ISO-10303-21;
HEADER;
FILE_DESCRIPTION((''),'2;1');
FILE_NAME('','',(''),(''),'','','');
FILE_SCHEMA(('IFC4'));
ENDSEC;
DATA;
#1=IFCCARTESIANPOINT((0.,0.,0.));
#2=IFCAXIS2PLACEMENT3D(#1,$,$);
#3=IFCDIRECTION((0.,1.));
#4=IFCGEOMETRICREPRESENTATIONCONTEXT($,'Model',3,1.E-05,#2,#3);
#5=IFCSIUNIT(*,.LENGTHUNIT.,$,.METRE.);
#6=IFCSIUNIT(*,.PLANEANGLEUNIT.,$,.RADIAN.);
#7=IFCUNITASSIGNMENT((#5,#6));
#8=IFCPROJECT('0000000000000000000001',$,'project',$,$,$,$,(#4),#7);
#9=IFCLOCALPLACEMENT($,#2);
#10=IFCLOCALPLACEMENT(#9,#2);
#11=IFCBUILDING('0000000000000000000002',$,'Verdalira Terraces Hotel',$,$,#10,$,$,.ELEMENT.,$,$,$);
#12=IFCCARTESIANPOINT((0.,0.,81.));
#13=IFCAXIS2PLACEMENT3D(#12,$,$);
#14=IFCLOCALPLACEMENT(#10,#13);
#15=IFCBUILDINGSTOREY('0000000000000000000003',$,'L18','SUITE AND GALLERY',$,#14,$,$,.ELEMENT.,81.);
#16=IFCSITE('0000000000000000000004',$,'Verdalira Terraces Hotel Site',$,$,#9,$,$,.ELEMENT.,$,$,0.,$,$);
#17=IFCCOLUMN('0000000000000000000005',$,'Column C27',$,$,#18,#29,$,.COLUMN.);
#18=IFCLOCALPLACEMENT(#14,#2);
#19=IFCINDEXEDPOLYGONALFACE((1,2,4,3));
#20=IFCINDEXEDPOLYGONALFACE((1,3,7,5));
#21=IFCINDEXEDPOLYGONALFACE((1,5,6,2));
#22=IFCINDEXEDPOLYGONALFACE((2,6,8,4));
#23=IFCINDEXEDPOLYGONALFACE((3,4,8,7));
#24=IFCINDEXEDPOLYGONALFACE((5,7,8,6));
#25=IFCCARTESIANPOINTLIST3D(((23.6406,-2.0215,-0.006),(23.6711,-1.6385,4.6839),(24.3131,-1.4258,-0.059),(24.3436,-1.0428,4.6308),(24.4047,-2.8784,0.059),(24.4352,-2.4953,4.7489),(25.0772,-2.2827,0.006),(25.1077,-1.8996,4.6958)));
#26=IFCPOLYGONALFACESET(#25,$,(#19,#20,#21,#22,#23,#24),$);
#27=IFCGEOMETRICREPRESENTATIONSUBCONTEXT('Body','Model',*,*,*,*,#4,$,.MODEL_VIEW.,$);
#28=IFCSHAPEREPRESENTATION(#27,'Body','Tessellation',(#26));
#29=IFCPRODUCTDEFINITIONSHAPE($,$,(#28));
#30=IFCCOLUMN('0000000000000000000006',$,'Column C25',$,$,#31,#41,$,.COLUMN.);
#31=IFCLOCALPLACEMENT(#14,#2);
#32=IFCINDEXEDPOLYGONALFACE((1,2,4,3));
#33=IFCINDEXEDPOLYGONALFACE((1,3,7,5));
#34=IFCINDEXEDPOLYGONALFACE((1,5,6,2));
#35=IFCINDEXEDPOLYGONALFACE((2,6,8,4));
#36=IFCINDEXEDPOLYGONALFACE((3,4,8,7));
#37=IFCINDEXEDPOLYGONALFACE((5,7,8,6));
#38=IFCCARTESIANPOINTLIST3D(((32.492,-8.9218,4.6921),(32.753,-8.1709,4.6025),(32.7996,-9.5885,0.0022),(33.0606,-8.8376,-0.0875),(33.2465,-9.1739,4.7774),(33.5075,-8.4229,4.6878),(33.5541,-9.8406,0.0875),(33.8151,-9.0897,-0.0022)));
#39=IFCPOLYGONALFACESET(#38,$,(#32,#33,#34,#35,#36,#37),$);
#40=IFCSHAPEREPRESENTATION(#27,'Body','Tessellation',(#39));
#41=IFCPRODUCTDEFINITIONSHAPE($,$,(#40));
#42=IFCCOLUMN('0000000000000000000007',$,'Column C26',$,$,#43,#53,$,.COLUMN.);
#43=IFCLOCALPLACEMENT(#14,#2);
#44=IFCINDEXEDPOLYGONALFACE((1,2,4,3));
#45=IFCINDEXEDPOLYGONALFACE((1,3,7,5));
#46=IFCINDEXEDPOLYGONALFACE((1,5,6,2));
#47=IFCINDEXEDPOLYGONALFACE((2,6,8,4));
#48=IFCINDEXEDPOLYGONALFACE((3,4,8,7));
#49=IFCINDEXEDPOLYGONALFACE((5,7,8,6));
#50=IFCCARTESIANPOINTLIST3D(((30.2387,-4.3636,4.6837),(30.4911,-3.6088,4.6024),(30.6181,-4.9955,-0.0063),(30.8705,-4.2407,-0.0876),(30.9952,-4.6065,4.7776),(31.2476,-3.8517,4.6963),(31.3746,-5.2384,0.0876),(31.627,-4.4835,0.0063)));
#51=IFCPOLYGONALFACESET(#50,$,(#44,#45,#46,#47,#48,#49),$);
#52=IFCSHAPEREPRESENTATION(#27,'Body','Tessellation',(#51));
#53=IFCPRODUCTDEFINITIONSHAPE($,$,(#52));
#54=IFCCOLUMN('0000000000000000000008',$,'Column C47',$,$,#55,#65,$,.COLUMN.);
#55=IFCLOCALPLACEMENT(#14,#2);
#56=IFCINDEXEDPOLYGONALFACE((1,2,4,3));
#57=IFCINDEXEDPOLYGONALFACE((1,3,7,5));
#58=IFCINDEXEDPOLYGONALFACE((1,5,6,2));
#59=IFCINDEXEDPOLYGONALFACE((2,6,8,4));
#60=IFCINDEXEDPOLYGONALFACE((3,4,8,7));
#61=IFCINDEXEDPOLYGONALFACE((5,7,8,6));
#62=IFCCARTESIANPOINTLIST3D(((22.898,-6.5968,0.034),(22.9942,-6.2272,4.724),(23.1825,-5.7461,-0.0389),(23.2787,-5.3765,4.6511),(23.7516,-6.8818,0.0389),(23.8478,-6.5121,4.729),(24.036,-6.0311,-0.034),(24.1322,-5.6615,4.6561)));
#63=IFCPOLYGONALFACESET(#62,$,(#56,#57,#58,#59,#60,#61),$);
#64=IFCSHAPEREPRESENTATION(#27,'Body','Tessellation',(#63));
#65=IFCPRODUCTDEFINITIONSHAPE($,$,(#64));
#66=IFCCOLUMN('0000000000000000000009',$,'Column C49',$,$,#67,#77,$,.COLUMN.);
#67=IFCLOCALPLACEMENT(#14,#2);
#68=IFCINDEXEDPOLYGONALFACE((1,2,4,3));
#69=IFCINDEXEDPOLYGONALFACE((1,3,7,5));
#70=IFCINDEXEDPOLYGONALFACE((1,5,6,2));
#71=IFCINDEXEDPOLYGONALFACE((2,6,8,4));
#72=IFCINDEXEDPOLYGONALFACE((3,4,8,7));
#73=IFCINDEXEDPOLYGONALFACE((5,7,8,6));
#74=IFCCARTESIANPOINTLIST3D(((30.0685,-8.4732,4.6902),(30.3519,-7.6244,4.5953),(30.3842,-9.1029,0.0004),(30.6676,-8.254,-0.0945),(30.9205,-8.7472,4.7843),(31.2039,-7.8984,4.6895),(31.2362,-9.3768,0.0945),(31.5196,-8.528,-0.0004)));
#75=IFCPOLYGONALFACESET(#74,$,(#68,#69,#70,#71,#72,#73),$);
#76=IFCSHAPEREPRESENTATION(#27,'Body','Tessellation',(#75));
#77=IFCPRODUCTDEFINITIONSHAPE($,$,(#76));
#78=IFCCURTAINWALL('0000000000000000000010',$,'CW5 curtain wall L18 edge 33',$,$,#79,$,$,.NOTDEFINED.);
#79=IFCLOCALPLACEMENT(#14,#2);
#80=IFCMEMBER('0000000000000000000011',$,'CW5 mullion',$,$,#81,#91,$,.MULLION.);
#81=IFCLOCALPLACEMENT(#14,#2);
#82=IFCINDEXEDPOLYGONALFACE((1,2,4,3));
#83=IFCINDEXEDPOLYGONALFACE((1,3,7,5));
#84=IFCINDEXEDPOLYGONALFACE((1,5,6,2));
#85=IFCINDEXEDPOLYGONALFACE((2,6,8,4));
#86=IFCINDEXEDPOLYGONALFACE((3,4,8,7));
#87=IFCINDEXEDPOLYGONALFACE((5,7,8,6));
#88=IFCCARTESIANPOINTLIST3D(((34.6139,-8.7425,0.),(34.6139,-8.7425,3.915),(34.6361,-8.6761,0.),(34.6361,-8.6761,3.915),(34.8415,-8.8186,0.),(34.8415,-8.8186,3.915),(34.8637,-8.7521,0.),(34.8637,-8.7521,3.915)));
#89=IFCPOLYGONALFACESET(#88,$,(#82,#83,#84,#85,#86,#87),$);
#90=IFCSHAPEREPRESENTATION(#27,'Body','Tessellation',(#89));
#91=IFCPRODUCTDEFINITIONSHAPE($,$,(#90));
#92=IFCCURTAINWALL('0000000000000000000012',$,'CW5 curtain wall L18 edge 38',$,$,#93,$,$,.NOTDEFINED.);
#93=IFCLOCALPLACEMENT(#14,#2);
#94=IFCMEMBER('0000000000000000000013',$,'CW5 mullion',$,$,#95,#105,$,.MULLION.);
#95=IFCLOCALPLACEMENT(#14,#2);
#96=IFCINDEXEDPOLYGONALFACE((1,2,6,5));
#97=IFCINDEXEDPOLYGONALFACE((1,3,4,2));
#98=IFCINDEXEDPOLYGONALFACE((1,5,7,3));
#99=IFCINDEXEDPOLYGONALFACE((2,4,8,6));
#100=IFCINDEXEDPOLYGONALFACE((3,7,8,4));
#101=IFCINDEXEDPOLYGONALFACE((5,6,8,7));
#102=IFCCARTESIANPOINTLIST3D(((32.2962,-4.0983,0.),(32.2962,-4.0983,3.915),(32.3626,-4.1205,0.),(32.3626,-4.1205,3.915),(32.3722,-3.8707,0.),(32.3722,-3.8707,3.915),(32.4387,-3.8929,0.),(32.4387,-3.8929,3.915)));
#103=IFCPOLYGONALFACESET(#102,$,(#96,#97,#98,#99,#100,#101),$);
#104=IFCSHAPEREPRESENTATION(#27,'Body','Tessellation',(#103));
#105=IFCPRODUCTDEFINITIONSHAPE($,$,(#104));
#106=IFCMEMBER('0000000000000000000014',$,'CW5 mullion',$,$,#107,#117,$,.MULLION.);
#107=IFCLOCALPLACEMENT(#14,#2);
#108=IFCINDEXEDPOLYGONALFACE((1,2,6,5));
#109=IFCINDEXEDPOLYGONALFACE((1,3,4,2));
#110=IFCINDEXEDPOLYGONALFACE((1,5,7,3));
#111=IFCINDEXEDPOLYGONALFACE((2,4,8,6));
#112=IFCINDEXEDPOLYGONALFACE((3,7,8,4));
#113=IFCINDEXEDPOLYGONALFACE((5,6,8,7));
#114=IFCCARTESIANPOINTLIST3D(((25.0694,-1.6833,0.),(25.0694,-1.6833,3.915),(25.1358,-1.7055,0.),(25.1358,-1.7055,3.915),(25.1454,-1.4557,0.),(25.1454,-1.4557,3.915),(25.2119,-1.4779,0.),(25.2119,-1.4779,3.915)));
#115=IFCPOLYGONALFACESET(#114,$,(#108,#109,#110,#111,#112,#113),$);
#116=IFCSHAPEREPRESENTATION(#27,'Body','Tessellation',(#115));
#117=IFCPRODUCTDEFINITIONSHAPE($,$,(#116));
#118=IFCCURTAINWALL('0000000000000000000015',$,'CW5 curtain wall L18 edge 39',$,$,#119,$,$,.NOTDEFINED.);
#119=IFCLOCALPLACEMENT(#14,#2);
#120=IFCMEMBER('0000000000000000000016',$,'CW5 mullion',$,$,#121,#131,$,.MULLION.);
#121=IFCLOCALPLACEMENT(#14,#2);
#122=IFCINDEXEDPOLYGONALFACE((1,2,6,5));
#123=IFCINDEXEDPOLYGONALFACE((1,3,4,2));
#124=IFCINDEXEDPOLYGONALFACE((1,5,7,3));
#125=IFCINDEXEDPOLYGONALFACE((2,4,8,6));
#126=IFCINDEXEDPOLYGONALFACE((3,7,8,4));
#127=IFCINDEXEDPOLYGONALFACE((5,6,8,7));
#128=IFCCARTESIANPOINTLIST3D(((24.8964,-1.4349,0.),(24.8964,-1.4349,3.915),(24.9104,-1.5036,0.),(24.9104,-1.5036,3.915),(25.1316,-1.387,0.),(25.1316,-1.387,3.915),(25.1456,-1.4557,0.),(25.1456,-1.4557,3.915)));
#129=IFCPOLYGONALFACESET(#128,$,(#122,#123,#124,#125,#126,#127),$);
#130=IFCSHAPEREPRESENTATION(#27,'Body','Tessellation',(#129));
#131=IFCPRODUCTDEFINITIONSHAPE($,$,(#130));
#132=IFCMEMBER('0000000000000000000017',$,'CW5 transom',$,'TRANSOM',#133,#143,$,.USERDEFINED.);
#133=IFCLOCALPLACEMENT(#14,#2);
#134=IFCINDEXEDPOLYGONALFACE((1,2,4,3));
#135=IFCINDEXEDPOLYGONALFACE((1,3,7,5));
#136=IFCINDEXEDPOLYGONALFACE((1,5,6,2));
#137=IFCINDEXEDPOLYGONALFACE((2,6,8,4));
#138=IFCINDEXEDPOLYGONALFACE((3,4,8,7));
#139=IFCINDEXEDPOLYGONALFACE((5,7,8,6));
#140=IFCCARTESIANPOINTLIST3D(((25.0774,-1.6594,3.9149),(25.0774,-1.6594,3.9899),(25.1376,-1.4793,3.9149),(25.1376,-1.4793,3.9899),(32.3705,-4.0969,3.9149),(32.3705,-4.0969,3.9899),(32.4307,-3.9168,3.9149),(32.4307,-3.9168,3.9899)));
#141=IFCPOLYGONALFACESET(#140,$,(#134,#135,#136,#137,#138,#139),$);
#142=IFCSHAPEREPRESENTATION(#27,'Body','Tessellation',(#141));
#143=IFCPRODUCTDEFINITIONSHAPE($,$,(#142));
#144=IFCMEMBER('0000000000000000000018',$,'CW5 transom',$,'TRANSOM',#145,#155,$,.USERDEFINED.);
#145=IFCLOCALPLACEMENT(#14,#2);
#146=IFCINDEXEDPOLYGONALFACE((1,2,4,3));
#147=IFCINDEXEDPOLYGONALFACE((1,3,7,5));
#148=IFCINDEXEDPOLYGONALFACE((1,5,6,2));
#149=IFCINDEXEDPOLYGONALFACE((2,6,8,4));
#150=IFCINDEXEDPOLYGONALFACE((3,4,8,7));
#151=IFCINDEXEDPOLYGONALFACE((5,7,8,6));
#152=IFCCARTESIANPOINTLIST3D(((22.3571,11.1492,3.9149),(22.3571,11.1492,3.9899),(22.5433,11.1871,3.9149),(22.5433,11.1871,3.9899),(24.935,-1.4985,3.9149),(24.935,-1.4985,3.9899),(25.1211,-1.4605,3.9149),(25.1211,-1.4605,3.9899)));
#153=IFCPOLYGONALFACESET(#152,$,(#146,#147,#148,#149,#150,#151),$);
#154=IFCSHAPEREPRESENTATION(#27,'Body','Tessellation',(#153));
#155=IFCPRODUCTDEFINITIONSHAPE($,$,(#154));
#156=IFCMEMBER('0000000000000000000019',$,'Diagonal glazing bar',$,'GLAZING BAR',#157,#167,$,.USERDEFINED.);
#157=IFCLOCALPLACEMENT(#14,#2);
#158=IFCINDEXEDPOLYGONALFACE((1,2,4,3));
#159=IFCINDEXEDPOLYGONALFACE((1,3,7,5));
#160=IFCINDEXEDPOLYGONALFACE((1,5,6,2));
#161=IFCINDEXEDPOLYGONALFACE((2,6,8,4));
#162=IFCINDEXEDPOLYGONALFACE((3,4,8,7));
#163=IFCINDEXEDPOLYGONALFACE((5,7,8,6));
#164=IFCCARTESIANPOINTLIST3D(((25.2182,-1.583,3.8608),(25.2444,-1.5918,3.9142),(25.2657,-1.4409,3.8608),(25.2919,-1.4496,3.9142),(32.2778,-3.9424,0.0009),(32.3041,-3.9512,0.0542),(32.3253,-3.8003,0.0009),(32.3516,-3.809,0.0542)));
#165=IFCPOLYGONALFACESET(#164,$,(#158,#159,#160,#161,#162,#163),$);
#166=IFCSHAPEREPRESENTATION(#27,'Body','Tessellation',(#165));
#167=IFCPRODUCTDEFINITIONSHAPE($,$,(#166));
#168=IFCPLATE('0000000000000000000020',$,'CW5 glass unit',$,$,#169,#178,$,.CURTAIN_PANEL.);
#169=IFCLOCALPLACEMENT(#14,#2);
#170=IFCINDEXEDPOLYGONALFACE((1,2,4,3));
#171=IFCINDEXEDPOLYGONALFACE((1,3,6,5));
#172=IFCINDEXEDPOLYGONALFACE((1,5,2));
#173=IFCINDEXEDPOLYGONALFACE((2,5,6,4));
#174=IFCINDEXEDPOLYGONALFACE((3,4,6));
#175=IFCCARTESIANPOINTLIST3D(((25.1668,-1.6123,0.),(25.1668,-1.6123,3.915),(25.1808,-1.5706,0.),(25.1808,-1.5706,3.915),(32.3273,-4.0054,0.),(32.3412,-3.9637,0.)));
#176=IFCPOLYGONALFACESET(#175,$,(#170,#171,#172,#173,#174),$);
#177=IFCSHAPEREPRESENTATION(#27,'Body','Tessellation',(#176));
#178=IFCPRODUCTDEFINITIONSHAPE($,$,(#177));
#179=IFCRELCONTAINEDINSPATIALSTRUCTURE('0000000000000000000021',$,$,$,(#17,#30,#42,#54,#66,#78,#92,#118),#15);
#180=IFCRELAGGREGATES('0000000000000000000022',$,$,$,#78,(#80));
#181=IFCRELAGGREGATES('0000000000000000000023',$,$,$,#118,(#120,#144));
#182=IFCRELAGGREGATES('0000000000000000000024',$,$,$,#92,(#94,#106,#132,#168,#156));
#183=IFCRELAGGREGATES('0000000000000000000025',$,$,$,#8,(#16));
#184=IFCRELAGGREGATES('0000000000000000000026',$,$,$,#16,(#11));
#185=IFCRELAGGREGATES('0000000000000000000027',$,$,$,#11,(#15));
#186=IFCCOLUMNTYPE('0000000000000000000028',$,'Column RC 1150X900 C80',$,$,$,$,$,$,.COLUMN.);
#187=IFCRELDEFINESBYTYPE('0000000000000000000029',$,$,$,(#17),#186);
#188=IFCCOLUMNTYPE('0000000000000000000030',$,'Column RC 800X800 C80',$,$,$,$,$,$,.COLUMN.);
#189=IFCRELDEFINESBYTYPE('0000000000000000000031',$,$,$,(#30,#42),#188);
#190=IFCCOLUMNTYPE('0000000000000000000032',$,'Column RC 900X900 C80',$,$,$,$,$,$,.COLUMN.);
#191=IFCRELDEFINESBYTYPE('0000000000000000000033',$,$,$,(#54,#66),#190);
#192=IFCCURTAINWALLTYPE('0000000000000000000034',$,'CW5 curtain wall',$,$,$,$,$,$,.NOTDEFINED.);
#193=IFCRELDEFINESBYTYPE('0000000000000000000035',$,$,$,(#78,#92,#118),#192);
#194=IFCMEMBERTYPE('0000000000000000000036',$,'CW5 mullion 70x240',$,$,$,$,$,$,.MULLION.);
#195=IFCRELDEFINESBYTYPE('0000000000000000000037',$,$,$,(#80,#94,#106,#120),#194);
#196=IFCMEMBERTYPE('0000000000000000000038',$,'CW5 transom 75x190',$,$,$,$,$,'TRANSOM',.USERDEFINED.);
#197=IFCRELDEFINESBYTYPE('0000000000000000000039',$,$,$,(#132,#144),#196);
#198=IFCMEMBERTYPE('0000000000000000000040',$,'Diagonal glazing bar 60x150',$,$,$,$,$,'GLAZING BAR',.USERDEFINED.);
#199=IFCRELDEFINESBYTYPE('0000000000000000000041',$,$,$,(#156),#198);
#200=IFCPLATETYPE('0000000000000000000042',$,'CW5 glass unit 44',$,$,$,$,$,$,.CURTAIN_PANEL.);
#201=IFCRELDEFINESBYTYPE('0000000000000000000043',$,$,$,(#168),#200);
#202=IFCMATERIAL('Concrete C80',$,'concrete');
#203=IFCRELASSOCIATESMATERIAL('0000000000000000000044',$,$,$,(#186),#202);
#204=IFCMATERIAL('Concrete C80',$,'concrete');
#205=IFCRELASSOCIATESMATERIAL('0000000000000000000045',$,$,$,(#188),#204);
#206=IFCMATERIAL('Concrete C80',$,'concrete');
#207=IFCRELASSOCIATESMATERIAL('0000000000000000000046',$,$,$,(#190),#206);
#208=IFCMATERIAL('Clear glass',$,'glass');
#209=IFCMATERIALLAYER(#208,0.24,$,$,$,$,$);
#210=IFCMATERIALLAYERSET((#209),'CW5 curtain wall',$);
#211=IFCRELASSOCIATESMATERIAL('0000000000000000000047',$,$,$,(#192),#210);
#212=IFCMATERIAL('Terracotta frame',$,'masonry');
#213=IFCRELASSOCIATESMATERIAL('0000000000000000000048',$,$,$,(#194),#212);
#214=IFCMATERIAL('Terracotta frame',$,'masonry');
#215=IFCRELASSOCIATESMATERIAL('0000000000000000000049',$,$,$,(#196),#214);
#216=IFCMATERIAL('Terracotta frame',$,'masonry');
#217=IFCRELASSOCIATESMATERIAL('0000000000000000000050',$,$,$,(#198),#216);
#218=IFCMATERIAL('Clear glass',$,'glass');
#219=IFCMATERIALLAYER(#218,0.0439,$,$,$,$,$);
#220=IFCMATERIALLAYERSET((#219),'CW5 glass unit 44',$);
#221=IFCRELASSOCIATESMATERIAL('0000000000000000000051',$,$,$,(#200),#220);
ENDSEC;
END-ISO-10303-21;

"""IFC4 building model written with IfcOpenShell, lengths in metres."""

from ifc_helpers import new_model, si_unit, direction, frame, origin, origin_2d, place, context, subcontext, project, spatial, polyline, rectangle, outline, extrude, material, layer, layer_set, material_profile, profile_set, type_object, element, aggregate, save


model = new_model("IFC4")

# Units and contexts
model_context = context("Model", 3, precision=1e-05, world=origin(), true_north=direction((0.0, 1.0)))
body_context = subcontext(model_context, "Body", "Model", "MODEL_VIEW")
ifc_project = project(units=[si_unit("LENGTHUNIT", "METRE"), si_unit("PLANEANGLEUNIT", "RADIAN")], contexts=[model_context])

# Site, building, storey
site_placement = place(None, origin())
site = spatial("IfcSite", under=ifc_project, at=site_placement, Name="Verdalira Terraces Hotel Site", CompositionType="ELEMENT", RefElevation=0.0)
building_placement = place(site_placement, origin())
building = spatial("IfcBuilding", under=site, at=building_placement, Name="Verdalira Terraces Hotel", CompositionType="ELEMENT")
storey_placement = place(building_placement, frame((0.0, 0.0, 81.0)))
storey = spatial("IfcBuildingStorey", under=building, at=storey_placement, Name="L18", Description="SUITE AND GALLERY", CompositionType="ELEMENT", Elevation=81.0)

# Columns
ifc_material_1 = material(Name="Concrete C80", Category="concrete")
ifc_material_profile_1 = material_profile(ifc_material_1, rectangle(XDim=1.1499, YDim=0.8999, at=origin_2d()), Name="RC 1150X900")
ifc_profile_set_1 = profile_set([ifc_material_profile_1], Name="Concrete C80")
column_type_1 = type_object("IfcColumnType", Name="Column RC 1150X900 C80", PredefinedType="COLUMN", material=ifc_profile_set_1)
column_1_placement = place(storey_placement, frame((24.3589, -2.1521, 0.0), z_axis=(0.006485, 0.081403, 0.99666), x_axis=(0.664497, -0.745149, 0.056537)))
element("IfcColumn", 1, at=column_1_placement, inside=storey, type_object=column_type_1, Name="Column C27", PredefinedType="COLUMN", context=body_context, shape_type="SweptSolid", body=[
    extrude(rectangle(XDim=1.1499, YDim=0.8999, at=origin_2d()), origin(), (0.0, 0.0, 1.0), 4.7056),
])
ifc_material_2 = material(Name="Concrete C80", Category="concrete")
ifc_material_profile_2 = material_profile(ifc_material_2, rectangle(XDim=0.8, YDim=0.8, at=origin_2d()), Name="RC 800X800")
ifc_profile_set_2 = profile_set([ifc_material_profile_2], Name="Concrete C80")
column_type_2 = type_object("IfcColumnType", Name="Column RC 800X800 C80", PredefinedType="COLUMN", material=ifc_profile_set_2)
column_2_placement = place(storey_placement, frame((33.3074, -9.3391, 0.0), z_axis=(-0.064801, 0.140454, 0.987964), x_axis=(0.32627, 0.938613, -0.112038)))
element("IfcColumn", 2, at=column_2_placement, inside=storey, type_object=column_type_2, Name="Column C25", PredefinedType="COLUMN", context=body_context, shape_type="SweptSolid", body=[
    extrude(rectangle(XDim=0.8, YDim=0.8, at=origin_2d()), origin(), (0.0, 0.0, 1.0), 4.7471),
])
column_3_placement = place(storey_placement, frame((31.1226, -4.7395, 0.0), z_axis=(-0.079915, 0.133088, 0.987877), x_axis=(-0.945546, 0.303582, -0.117389)))
element("IfcColumn", 3, at=column_3_placement, inside=storey, type_object=column_type_2, Name="Column C26", PredefinedType="COLUMN", context=body_context, shape_type="SweptSolid", body=[
    extrude(rectangle(XDim=0.8, YDim=0.8, at=origin_2d()), origin(), (0.0, 0.0, 1.0), 4.7476),
])
ifc_material_3 = material(Name="Concrete C80", Category="concrete")
ifc_material_profile_3 = material_profile(ifc_material_3, rectangle(XDim=0.8999, YDim=0.8999, at=origin_2d()), Name="RC 900X900")
ifc_profile_set_3 = profile_set([ifc_material_profile_3], Name="Concrete C80")
column_type_3 = type_object("IfcColumnType", Name="Column RC 900X900 C80", PredefinedType="COLUMN", material=ifc_profile_set_3)
column_4_placement = place(storey_placement, frame((23.467, -6.314, 0.0), z_axis=(0.020442, 0.078553, 0.9967), x_axis=(0.948519, -0.316672, 0.005504)))
element("IfcColumn", 4, at=column_4_placement, inside=storey, type_object=column_type_3, Name="Column C47", PredefinedType="COLUMN", context=body_context, shape_type="SweptSolid", body=[
    extrude(rectangle(XDim=0.8999, YDim=0.8999, at=origin_2d()), origin(), (0.0, 0.0, 1.0), 4.7056),
])
column_5_placement = place(storey_placement, frame((30.9519, -8.8154, 0.0), z_axis=(-0.066562, 0.132764, 0.98891), x_axis=(0.946772, -0.304439, 0.104598)))
element("IfcColumn", 5, at=column_5_placement, inside=storey, type_object=column_type_3, Name="Column C49", PredefinedType="COLUMN", context=body_context, shape_type="SweptSolid", body=[
    extrude(rectangle(XDim=0.8999, YDim=0.8999, at=origin_2d()), origin(), (0.0, 0.0, 1.0), 4.7424),
])

# Curtain wall, member
ifc_material_4 = material(Name="Clear glass", Category="glass")
ifc_layer_1 = layer(ifc_material_4, 0.24)
ifc_layer_set_1 = layer_set([ifc_layer_1], Name="CW5 curtain wall")
curtain_wall_type = type_object("IfcCurtainWallType", Name="CW5 curtain wall", PredefinedType="NOTDEFINED", material=ifc_layer_set_1)
curtain_wall_1_placement = place(storey_placement, origin())
curtain_wall_1 = element("IfcCurtainWall", 6, at=curtain_wall_1_placement, inside=storey, type_object=curtain_wall_type, Name="CW5 curtain wall L18 edge 33", PredefinedType="NOTDEFINED")
ifc_material_5 = material(Name="Terracotta frame", Category="masonry")
ifc_material_profile_4 = material_profile(ifc_material_5, rectangle(XDim=0.0701, YDim=0.24, at=origin_2d()), Name="MU 70x240")
ifc_profile_set_4 = profile_set([ifc_material_profile_4], Name="Terracotta frame")
member_type_1 = type_object("IfcMemberType", Name="CW5 mullion 70x240", PredefinedType="MULLION", material=ifc_profile_set_4)
member_1_placement = place(storey_placement, frame((34.7388, -8.7473, 0.0), z_axis=(0.0, 0.0, 1.0), x_axis=(0.316974, 0.948434, 0.0)))
member_1 = element("IfcMember", 7, at=member_1_placement, type_object=member_type_1, Name="CW5 mullion", PredefinedType="MULLION", context=body_context, shape_type="SweptSolid", body=[
    extrude(rectangle(XDim=0.0701, YDim=0.24, at=origin_2d()), origin(), (0.0, 0.0, 1.0), 3.915),
])
aggregate(curtain_wall_1, [member_1])

# Curtain wall, members
curtain_wall_2_placement = place(storey_placement, origin())
curtain_wall_2 = element("IfcCurtainWall", 8, at=curtain_wall_2_placement, inside=storey, type_object=curtain_wall_type, Name="CW5 curtain wall L18 edge 38", PredefinedType="NOTDEFINED")
member_2_placement = place(storey_placement, frame((32.3674, -3.9956, 0.0), z_axis=(0.0, 0.0, 1.0), x_axis=(-0.948434, 0.316974, 0.0)))
member_2 = element("IfcMember", 9, at=member_2_placement, type_object=member_type_1, Name="CW5 mullion", PredefinedType="MULLION", context=body_context, shape_type="SweptSolid", body=[
    extrude(rectangle(XDim=0.0701, YDim=0.24, at=origin_2d()), origin(), (0.0, 0.0, 1.0), 3.915),
])
member_3_placement = place(storey_placement, frame((25.1406, -1.5806, 0.0), z_axis=(0.0, 0.0, 1.0), x_axis=(-0.948434, 0.316974, 0.0)))
member_3 = element("IfcMember", 10, at=member_3_placement, type_object=member_type_1, Name="CW5 mullion", PredefinedType="MULLION", context=body_context, shape_type="SweptSolid", body=[
    extrude(rectangle(XDim=0.0701, YDim=0.24, at=origin_2d()), origin(), (0.0, 0.0, 1.0), 3.915),
])

# Curtain wall, member
curtain_wall_3_placement = place(storey_placement, origin())
curtain_wall_3 = element("IfcCurtainWall", 11, at=curtain_wall_3_placement, inside=storey, type_object=curtain_wall_type, Name="CW5 curtain wall L18 edge 39", PredefinedType="NOTDEFINED")
member_4_placement = place(storey_placement, frame((25.021, -1.4453, 0.0), z_axis=(0.0, 0.0, 1.0), x_axis=(-0.19971, 0.979855, 0.0)))
member_4 = element("IfcMember", 12, at=member_4_placement, type_object=member_type_1, Name="CW5 mullion", PredefinedType="MULLION", context=body_context, shape_type="SweptSolid", body=[
    extrude(rectangle(XDim=0.0701, YDim=0.24, at=origin_2d()), origin(), (0.0, 0.0, 1.0), 3.915),
])

# Members
ifc_material_6 = material(Name="Terracotta frame", Category="masonry")
ifc_material_profile_5 = material_profile(ifc_material_6, rectangle(XDim=0.1899, YDim=0.075, at=origin_2d()), Name="TR 75x190")
ifc_profile_set_5 = profile_set([ifc_material_profile_5], Name="Terracotta frame")
member_type_2 = type_object("IfcMemberType", Name="CW5 transom 75x190", ElementType="TRANSOM", PredefinedType="USERDEFINED", material=ifc_profile_set_5)
member_5_placement = place(storey_placement, frame((32.4006, -4.0068, 3.9524), z_axis=(-0.948432, 0.31698, 0.0), x_axis=(-0.31698, -0.948432, 0.0)))
member_5 = element("IfcMember", 13, at=member_5_placement, type_object=member_type_2, Name="CW5 transom", ObjectType="TRANSOM", PredefinedType="USERDEFINED", context=body_context, shape_type="SweptSolid", body=[
    extrude(rectangle(XDim=0.1899, YDim=0.075, at=origin_2d()), origin(), (0.0, 0.0, 1.0), 7.6897),
])
member_6_placement = place(storey_placement, frame((25.0281, -1.4795, 3.9524), z_axis=(-0.199716, 0.979854, 0.0), x_axis=(-0.979854, -0.199716, 0.0)))
member_6 = element("IfcMember", 14, at=member_6_placement, type_object=member_type_2, Name="CW5 transom", ObjectType="TRANSOM", PredefinedType="USERDEFINED", context=body_context, shape_type="SweptSolid", body=[
    extrude(rectangle(XDim=0.1899, YDim=0.075, at=origin_2d()), origin(), (0.0, 0.0, 1.0), 12.9077),
])
aggregate(curtain_wall_3, [member_4, member_6])
ifc_material_7 = material(Name="Terracotta frame", Category="masonry")
ifc_material_profile_6 = material_profile(ifc_material_7, rectangle(XDim=0.1499, YDim=0.0601, at=origin_2d()), Name="GB 60x150")
ifc_profile_set_6 = profile_set([ifc_material_profile_6], Name="Terracotta frame")
member_type_3 = type_object("IfcMemberType", Name="Diagonal glazing bar 60x150", ElementType="GLAZING BAR", PredefinedType="USERDEFINED", material=ifc_profile_set_6)
member_7_placement = place(storey_placement, frame((32.3147, -3.8757, 0.0276), z_axis=(-0.841961, 0.281391, 0.460348), x_axis=(-0.316975, -0.948434, 0.0)))
member_7 = element("IfcMember", 15, at=member_7_placement, type_object=member_type_3, Name="Diagonal glazing bar", ObjectType="GLAZING BAR", PredefinedType="USERDEFINED", context=body_context, shape_type="SweptSolid", body=[
    extrude(rectangle(XDim=0.1499, YDim=0.0601, at=origin_2d()), origin(), (0.0, 0.0, 1.0), 8.3848),
])

# Plate
ifc_material_8 = material(Name="Clear glass", Category="glass")
ifc_layer_2 = layer(ifc_material_8, 0.0439)
ifc_layer_set_2 = layer_set([ifc_layer_2], Name="CW5 glass unit 44")
plate_type = type_object("IfcPlateType", Name="CW5 glass unit 44", PredefinedType="CURTAIN_PANEL", material=ifc_layer_set_2)
plate_1_placement = place(storey_placement, frame((28.7471, -2.8088, 1.9575), z_axis=(0.316974, 0.948434, 0.0), x_axis=(-0.948434, 0.316974, 0.0)))
plate_1 = element("IfcPlate", 16, at=plate_1_placement, type_object=plate_type, Name="CW5 glass unit", PredefinedType="CURTAIN_PANEL", context=body_context, shape_type="SweptSolid", body=[
    extrude(outline(polyline([(-3.7749, -1.9575), (3.7749, -1.9575), (3.7749, 1.9575), (-3.7749, -1.9575)])), origin(), (0.0, 0.0, 1.0), 0.0439),
])
aggregate(curtain_wall_2, [member_2, member_3, member_5, plate_1, member_7])

save(model, "model.ifc")
